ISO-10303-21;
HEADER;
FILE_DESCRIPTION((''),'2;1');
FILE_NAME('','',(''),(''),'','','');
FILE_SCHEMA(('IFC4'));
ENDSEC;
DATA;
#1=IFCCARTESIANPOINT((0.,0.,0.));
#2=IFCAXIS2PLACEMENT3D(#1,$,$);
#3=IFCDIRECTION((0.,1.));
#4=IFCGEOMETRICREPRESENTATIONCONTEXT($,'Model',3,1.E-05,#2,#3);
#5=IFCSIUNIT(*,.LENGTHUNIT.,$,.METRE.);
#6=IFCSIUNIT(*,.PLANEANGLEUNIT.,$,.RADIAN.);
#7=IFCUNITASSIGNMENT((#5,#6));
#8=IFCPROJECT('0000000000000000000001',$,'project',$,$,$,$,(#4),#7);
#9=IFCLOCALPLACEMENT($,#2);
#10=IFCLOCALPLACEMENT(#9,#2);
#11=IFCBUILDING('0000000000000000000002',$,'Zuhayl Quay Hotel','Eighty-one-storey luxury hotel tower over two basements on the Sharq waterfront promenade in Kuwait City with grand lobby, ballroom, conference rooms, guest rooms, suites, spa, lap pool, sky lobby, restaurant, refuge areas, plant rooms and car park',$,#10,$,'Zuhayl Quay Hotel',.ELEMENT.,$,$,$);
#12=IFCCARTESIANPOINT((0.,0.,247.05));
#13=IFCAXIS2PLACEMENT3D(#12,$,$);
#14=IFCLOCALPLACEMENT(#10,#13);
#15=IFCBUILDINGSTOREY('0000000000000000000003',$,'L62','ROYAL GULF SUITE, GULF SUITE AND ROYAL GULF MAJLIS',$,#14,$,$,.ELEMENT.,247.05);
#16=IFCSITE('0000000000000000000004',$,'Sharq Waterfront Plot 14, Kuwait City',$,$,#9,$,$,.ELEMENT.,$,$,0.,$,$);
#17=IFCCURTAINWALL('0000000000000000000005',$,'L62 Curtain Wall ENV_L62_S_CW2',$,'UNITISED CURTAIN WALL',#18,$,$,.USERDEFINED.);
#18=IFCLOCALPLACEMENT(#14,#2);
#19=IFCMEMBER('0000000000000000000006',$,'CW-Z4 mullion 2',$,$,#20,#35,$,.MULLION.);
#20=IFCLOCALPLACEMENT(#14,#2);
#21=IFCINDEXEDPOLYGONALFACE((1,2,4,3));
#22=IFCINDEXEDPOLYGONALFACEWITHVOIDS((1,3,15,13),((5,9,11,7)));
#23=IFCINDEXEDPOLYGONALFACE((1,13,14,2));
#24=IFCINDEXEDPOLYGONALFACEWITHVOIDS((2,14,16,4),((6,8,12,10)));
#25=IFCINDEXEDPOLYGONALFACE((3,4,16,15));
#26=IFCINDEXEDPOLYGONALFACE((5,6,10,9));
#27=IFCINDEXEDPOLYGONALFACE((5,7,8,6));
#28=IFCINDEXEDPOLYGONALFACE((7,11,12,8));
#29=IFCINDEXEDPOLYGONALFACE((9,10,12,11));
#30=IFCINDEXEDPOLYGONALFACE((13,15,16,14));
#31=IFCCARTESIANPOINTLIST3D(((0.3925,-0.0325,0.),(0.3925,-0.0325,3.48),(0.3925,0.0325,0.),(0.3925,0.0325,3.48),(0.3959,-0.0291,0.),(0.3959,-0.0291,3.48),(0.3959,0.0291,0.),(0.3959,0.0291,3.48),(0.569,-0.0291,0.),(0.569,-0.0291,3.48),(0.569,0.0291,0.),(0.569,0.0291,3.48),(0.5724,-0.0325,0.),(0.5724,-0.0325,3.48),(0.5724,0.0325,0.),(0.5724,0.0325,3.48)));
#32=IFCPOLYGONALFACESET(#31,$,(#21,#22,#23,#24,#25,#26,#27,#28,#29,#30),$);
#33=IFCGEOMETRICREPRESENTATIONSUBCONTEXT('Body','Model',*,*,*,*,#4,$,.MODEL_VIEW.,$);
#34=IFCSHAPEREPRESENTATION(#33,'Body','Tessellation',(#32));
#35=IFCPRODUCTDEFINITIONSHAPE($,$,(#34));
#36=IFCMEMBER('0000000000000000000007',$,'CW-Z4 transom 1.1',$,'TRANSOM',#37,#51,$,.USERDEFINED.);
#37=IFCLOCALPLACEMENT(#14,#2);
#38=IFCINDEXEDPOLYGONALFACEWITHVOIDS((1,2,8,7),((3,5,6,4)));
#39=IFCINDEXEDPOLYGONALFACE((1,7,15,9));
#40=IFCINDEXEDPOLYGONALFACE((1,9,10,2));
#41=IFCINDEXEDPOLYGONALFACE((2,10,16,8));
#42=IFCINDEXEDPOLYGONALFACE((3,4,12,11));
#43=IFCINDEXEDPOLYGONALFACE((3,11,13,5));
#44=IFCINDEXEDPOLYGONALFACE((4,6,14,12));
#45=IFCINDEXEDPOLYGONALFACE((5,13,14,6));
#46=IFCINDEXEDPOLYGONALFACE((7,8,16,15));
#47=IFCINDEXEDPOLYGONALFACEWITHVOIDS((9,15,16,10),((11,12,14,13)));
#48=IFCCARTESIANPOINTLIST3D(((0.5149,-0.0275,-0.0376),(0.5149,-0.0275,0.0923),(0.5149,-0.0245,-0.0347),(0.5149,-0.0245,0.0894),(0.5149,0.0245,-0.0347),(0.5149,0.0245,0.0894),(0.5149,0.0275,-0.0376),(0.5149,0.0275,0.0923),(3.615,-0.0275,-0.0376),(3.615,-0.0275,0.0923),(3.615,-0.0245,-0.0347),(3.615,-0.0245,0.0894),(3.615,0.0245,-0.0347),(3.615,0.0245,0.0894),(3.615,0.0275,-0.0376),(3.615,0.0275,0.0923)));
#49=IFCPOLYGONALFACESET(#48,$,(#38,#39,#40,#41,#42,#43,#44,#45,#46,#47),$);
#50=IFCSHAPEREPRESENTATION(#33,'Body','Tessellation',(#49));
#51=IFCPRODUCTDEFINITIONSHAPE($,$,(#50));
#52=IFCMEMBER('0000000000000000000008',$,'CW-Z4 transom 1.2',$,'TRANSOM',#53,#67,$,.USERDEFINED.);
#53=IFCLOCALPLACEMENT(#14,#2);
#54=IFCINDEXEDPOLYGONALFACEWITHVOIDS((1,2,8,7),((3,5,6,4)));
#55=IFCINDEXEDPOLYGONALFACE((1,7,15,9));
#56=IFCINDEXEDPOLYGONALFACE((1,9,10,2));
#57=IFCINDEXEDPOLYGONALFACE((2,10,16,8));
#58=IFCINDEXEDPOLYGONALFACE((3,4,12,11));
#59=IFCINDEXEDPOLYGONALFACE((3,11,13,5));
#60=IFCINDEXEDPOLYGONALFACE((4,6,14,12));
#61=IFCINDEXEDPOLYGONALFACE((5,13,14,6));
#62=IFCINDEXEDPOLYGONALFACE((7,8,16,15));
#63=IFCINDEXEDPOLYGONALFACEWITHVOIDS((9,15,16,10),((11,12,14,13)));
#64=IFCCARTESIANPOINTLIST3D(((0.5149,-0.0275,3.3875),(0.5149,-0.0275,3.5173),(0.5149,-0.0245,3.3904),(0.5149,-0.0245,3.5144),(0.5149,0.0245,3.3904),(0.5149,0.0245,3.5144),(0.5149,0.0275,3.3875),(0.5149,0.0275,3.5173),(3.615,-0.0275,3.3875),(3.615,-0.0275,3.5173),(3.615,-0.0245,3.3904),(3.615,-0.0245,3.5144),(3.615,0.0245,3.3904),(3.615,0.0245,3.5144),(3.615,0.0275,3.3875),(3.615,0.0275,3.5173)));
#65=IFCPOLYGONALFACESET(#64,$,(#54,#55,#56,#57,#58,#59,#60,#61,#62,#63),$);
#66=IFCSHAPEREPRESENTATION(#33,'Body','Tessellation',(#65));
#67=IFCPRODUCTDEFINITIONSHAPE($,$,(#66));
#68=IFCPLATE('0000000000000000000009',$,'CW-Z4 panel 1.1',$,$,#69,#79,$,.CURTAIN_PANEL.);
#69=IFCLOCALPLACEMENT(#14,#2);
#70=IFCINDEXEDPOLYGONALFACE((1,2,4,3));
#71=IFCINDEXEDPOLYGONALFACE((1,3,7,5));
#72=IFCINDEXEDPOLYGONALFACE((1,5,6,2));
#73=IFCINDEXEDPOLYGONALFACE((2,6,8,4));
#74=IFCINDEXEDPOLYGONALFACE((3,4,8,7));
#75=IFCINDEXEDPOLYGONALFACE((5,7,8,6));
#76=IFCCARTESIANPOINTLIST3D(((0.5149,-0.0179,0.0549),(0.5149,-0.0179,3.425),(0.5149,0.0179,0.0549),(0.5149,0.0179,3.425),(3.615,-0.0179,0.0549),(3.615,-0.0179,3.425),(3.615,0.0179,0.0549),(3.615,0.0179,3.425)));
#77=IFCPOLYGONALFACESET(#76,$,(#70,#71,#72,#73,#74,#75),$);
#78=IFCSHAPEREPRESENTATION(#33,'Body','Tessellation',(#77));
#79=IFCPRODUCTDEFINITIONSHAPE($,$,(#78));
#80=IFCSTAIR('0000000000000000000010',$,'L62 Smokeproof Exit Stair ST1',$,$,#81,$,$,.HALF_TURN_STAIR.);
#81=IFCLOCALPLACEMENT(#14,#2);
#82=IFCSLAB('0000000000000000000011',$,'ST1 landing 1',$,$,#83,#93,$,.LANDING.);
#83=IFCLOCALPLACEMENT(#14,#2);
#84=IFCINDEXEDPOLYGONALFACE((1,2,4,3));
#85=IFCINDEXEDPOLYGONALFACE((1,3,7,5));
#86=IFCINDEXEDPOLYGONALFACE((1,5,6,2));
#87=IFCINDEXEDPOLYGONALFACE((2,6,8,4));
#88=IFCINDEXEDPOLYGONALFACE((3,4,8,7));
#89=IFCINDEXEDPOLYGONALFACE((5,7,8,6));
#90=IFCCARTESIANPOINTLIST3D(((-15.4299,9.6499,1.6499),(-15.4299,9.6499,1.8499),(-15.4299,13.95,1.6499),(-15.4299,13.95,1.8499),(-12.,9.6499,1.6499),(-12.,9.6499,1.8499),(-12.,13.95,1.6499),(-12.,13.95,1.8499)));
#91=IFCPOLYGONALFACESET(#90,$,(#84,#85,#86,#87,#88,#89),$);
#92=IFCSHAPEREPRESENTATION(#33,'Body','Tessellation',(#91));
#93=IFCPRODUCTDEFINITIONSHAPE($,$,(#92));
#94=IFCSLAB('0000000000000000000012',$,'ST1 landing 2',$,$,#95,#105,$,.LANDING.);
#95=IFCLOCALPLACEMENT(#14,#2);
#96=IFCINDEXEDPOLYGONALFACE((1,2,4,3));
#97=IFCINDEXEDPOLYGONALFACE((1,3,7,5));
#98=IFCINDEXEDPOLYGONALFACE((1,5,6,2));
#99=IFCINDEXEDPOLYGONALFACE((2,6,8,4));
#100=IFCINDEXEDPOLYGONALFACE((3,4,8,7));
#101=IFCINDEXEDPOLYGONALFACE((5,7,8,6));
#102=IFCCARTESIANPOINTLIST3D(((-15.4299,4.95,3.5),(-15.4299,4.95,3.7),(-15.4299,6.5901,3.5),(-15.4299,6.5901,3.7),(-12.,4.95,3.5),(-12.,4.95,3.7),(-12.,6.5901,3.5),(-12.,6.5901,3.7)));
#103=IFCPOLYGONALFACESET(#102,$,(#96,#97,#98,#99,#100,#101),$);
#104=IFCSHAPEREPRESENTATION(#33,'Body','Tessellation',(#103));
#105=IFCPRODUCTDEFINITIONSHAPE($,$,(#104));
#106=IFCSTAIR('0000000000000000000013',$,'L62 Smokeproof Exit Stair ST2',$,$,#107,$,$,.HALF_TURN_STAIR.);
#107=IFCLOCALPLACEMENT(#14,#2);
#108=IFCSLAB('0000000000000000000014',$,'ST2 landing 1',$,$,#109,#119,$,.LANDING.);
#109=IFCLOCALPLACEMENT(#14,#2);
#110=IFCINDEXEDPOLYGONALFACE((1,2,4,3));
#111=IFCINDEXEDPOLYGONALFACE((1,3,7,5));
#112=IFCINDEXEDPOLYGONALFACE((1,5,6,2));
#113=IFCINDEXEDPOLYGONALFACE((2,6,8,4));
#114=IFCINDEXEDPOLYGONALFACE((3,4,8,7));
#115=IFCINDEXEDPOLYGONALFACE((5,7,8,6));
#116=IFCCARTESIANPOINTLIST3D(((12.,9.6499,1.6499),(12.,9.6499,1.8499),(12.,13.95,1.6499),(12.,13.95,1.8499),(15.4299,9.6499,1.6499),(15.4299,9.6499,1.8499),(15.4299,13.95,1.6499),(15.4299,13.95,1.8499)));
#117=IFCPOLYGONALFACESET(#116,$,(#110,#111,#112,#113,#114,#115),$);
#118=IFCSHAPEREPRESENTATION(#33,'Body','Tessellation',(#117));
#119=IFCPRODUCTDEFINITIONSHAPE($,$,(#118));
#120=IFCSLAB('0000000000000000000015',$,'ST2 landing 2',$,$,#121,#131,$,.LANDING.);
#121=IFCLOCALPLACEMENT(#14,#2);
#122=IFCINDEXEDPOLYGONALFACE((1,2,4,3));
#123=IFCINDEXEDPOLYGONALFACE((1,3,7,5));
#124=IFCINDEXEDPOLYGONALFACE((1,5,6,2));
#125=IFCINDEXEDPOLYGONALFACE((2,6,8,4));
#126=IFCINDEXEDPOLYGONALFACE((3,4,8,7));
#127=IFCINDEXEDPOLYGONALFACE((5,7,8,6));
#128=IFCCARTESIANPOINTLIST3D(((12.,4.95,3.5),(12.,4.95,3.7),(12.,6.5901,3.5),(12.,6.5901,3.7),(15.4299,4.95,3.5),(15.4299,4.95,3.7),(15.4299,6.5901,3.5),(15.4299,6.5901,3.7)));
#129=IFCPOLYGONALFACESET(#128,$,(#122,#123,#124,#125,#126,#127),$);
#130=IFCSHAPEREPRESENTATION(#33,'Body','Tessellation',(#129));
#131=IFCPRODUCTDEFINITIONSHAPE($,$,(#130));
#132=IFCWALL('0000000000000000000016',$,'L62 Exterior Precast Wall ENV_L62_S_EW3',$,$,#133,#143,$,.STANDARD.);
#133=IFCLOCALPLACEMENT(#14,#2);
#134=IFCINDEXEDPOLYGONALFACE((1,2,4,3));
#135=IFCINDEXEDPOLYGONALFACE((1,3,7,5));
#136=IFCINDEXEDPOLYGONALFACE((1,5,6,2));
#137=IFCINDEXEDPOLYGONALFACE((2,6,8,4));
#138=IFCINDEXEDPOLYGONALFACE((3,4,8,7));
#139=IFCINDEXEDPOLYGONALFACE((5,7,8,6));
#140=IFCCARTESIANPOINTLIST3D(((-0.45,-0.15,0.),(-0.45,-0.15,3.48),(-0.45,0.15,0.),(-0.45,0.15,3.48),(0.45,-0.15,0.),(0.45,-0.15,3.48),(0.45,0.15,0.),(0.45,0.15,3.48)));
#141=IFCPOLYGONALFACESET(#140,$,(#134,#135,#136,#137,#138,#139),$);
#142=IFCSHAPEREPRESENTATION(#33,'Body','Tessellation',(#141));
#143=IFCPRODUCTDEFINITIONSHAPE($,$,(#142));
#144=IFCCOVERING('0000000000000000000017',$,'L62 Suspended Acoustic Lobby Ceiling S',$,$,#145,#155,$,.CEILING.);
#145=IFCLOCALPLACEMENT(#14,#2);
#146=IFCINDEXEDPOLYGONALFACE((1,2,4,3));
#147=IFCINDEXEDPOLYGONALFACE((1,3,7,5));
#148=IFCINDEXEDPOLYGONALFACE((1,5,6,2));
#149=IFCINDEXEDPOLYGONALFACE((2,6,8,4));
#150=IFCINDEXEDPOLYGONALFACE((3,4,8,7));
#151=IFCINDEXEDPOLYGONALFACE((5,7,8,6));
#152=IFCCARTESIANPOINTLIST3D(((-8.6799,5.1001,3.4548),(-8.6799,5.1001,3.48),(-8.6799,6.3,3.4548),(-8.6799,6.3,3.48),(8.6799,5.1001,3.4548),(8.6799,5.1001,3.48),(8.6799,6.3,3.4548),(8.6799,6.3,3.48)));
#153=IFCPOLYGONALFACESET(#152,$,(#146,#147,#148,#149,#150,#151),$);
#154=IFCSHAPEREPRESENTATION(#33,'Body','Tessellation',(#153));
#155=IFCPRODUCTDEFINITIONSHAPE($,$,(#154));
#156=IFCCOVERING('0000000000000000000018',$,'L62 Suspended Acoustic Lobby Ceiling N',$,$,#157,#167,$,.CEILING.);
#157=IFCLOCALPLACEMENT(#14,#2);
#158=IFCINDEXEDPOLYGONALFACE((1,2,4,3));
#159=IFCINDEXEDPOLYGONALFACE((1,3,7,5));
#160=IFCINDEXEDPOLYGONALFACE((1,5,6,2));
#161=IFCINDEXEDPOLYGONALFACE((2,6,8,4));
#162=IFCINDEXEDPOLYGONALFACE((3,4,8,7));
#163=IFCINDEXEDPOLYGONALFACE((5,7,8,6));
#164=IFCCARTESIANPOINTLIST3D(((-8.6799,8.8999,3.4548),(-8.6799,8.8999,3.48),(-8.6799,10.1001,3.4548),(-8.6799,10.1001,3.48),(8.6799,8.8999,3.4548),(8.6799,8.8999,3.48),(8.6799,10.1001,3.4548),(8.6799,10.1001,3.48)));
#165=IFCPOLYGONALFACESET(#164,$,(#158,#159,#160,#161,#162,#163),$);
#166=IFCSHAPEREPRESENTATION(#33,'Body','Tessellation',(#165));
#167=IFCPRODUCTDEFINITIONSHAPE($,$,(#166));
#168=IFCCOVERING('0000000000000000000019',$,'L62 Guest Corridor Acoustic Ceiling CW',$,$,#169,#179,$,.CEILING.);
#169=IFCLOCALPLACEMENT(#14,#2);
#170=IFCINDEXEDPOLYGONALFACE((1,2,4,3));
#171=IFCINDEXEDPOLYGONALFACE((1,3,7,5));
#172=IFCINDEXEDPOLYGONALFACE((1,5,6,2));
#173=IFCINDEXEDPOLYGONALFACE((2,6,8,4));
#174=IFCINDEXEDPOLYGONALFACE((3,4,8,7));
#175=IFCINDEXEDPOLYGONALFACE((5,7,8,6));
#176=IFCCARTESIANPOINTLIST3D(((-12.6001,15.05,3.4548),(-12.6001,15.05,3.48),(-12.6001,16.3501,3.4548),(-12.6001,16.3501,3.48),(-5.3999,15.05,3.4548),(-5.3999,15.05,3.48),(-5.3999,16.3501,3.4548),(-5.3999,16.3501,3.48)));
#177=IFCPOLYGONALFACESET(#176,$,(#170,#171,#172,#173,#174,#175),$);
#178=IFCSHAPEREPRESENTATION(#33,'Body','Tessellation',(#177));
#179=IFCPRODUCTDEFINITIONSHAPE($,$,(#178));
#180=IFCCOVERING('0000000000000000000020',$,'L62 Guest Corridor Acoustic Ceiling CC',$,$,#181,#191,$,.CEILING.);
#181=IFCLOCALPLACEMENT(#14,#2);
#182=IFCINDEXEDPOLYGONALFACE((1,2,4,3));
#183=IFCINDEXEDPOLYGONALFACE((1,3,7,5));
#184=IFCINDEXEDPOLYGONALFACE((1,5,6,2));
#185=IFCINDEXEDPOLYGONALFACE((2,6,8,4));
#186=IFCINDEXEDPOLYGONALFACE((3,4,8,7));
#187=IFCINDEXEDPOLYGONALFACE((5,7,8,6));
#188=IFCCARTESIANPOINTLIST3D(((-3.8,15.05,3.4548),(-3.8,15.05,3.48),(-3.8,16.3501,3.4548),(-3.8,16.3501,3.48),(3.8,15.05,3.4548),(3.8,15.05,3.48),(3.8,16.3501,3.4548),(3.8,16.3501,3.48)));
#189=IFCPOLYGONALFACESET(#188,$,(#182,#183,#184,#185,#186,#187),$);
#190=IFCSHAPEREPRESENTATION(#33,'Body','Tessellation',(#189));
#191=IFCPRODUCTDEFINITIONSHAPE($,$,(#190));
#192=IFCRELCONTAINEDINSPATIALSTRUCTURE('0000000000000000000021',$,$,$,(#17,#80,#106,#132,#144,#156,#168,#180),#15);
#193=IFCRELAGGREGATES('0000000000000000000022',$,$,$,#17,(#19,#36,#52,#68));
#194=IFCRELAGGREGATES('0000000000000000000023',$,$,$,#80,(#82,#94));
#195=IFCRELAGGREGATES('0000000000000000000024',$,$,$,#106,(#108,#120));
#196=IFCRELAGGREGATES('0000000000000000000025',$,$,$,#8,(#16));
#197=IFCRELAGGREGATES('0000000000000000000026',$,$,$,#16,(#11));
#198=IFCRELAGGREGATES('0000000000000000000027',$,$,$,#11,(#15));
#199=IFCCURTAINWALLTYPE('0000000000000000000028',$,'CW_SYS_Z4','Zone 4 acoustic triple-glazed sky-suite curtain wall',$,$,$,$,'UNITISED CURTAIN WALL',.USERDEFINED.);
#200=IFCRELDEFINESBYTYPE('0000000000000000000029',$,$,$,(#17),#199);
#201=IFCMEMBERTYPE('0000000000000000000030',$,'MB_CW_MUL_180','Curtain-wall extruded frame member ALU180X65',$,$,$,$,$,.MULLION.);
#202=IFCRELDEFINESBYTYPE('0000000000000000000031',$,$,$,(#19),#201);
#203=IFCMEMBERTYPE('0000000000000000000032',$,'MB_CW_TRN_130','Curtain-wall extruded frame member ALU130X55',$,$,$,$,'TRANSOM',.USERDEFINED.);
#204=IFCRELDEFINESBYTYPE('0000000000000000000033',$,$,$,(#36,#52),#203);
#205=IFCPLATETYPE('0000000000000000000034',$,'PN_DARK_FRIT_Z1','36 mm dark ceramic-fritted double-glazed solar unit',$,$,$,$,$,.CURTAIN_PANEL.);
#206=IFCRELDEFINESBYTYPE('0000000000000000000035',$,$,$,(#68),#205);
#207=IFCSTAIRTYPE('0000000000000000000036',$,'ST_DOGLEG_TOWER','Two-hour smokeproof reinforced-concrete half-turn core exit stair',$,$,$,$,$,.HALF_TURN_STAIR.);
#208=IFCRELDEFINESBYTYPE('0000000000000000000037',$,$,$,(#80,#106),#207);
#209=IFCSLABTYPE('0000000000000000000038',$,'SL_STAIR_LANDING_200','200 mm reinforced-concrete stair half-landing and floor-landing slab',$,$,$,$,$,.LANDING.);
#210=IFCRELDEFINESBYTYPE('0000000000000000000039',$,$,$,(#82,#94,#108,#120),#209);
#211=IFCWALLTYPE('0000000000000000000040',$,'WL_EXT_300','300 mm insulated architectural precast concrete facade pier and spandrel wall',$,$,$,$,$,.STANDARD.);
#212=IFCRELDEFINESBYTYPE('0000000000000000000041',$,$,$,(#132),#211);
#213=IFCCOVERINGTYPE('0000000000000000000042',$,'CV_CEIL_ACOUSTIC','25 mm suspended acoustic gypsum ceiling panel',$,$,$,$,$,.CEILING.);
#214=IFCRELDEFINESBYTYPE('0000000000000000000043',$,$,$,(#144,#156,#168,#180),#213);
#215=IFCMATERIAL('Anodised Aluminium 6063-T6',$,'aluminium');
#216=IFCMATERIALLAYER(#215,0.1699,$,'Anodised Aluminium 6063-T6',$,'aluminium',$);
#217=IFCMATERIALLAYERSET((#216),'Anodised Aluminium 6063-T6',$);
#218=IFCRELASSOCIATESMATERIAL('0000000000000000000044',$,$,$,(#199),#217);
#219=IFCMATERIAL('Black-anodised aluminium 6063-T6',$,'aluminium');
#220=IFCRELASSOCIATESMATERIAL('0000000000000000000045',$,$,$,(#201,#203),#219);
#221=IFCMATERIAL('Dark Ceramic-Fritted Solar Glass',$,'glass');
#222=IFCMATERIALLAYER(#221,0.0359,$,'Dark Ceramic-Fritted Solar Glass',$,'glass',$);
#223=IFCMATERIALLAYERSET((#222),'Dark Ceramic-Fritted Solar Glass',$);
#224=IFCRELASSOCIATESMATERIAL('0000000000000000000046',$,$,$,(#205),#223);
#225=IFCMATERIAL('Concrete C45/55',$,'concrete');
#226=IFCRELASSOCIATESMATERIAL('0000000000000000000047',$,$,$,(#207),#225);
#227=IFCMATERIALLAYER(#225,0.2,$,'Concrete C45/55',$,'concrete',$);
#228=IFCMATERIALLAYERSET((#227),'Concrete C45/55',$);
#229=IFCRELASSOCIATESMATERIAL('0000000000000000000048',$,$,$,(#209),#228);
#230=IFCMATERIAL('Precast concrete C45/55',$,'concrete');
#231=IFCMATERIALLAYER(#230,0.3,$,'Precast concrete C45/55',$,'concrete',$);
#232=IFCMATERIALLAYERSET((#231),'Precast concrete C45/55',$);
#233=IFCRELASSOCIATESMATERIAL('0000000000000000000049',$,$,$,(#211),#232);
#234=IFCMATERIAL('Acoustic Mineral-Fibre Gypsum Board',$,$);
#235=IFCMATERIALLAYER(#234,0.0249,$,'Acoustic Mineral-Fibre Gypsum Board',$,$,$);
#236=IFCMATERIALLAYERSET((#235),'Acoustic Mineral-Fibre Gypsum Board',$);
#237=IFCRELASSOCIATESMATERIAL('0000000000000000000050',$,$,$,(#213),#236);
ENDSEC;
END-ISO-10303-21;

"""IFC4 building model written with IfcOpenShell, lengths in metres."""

from ifc_helpers import new_model, si_unit, direction, frame, frame_2d, origin, origin_2d, place, context, subcontext, project, spatial, polyline, rectangle, hollow_rectangle, outline, extrude, material, layer, layer_set, material_profile, profile_set, type_object, element, aggregate, save


model = new_model("IFC4")

# Units and contexts
model_context = context("Model", 3, precision=1e-05, world=origin(), true_north=direction((0.0, 1.0)))
body_context = subcontext(model_context, "Body", "Model", "MODEL_VIEW")
ifc_project = project(units=[si_unit("LENGTHUNIT", "METRE"), si_unit("PLANEANGLEUNIT", "RADIAN")], contexts=[model_context])

# Site, building, storey
site_placement = place(None, origin())
site = spatial("IfcSite", under=ifc_project, at=site_placement, Name="Sharq Waterfront Plot 14, Kuwait City", CompositionType="ELEMENT", RefElevation=0.0)
building_placement = place(site_placement, origin())
building = spatial("IfcBuilding", under=site, at=building_placement, Name="Zuhayl Quay Hotel", Description="Eighty-one-storey luxury hotel tower over two basements on the Sharq waterfront promenade in Kuwait City with grand lobby, ballroom, conference rooms, guest rooms, suites, spa, lap pool, sky lobby, restaurant, refuge areas, plant rooms and car park", LongName="Zuhayl Quay Hotel", CompositionType="ELEMENT")
storey_placement = place(building_placement, frame((0.0, 0.0, 247.05)))
storey = spatial("IfcBuildingStorey", under=building, at=storey_placement, Name="L62", Description="ROYAL GULF SUITE, GULF SUITE AND ROYAL GULF MAJLIS", CompositionType="ELEMENT", Elevation=247.05)

# Curtain wall, members, plate
ifc_material_1 = material(Name="Anodised Aluminium 6063-T6", Category="aluminium")
ifc_layer_1 = layer(ifc_material_1, 0.1699, Name="Anodised Aluminium 6063-T6", Category="aluminium")
ifc_layer_set_1 = layer_set([ifc_layer_1], Name="Anodised Aluminium 6063-T6")
curtain_wall_type = type_object("IfcCurtainWallType", Name="CW_SYS_Z4", Description="Zone 4 acoustic triple-glazed sky-suite curtain wall", ElementType="UNITISED CURTAIN WALL", PredefinedType="USERDEFINED", material=ifc_layer_set_1)
curtain_wall_placement = place(storey_placement, origin())
curtain_wall = element("IfcCurtainWall", 1, at=curtain_wall_placement, inside=storey, type_object=curtain_wall_type, Name="L62 Curtain Wall ENV_L62_S_CW2", ObjectType="UNITISED CURTAIN WALL", PredefinedType="USERDEFINED")
ifc_material_2 = material(Name="Black-anodised aluminium 6063-T6", Category="aluminium")
ifc_material_profile_1 = material_profile(ifc_material_2, hollow_rectangle(XDim=0.0649, YDim=0.1799, WallThickness=0.0034, at=origin_2d()), Name="ALU180X65")
ifc_profile_set_1 = profile_set([ifc_material_profile_1], Name="Black-anodised aluminium 6063-T6")
member_type_1 = type_object("IfcMemberType", Name="MB_CW_MUL_180", Description="Curtain-wall extruded frame member ALU180X65", PredefinedType="MULLION", material=ifc_profile_set_1)
member_1_placement = place(storey_placement, frame((0.4824, 0.0, 0.0), z_axis=(0.0, 0.0, 1.0), x_axis=(0.0, -1.0, 0.0)))
member_1 = element("IfcMember", 2, at=member_1_placement, type_object=member_type_1, Name="CW-Z4 mullion 2", PredefinedType="MULLION", context=body_context, shape_type="SweptSolid", body=[
    extrude(hollow_rectangle(XDim=0.0649, YDim=0.1799, WallThickness=0.0034, at=origin_2d()), origin(), (0.0, 0.0, 1.0), 3.48),
])
ifc_material_profile_2 = material_profile(ifc_material_2, hollow_rectangle(XDim=0.0549, YDim=0.1299, WallThickness=0.0029, at=origin_2d()), Name="ALU130X55")
ifc_profile_set_2 = profile_set([ifc_material_profile_2], Name="Black-anodised aluminium 6063-T6")
member_type_2 = type_object("IfcMemberType", Name="MB_CW_TRN_130", Description="Curtain-wall extruded frame member ALU130X55", ElementType="TRANSOM", PredefinedType="USERDEFINED", material=ifc_profile_set_2)
member_2_placement = place(storey_placement, frame((3.615, 0.0, 0.0273), z_axis=(-1.0, 0.0, 0.0), x_axis=(0.0, -1.0, 0.0)))
member_2 = element("IfcMember", 3, at=member_2_placement, type_object=member_type_2, Name="CW-Z4 transom 1.1", ObjectType="TRANSOM", PredefinedType="USERDEFINED", context=body_context, shape_type="SweptSolid", body=[
    extrude(hollow_rectangle(XDim=0.0549, YDim=0.1299, WallThickness=0.0029, at=origin_2d()), origin(), (0.0, 0.0, 1.0), 3.1001),
])
member_3_placement = place(storey_placement, frame((3.615, 0.0, 3.4524), z_axis=(-1.0, 0.0, 0.0), x_axis=(0.0, -1.0, 0.0)))
member_3 = element("IfcMember", 4, at=member_3_placement, type_object=member_type_2, Name="CW-Z4 transom 1.2", ObjectType="TRANSOM", PredefinedType="USERDEFINED", context=body_context, shape_type="SweptSolid", body=[
    extrude(hollow_rectangle(XDim=0.0549, YDim=0.1299, WallThickness=0.0029, at=origin_2d()), origin(), (0.0, 0.0, 1.0), 3.1001),
])
ifc_material_3 = material(Name="Dark Ceramic-Fritted Solar Glass", Category="glass")
ifc_layer_2 = layer(ifc_material_3, 0.0359, Name="Dark Ceramic-Fritted Solar Glass", Category="glass")
ifc_layer_set_2 = layer_set([ifc_layer_2], Name="Dark Ceramic-Fritted Solar Glass")
plate_type = type_object("IfcPlateType", Name="PN_DARK_FRIT_Z1", Description="36 mm dark ceramic-fritted double-glazed solar unit", PredefinedType="CURTAIN_PANEL", material=ifc_layer_set_2)
plate_placement = place(storey_placement, frame((2.0649, 0.0, 0.0549), z_axis=(0.0, 0.0, 1.0), x_axis=(-1.0, 0.0, 0.0)))
plate = element("IfcPlate", 5, at=plate_placement, type_object=plate_type, Name="CW-Z4 panel 1.1", PredefinedType="CURTAIN_PANEL", context=body_context, shape_type="SweptSolid", body=[
    extrude(rectangle(XDim=3.1001, YDim=0.0359, at=origin_2d()), origin(), (0.0, 0.0, 1.0), 3.3701),
])
aggregate(curtain_wall, [member_1, member_2, member_3, plate])

# Stairs, slabs
ifc_material_4 = material(Name="Concrete C45/55", Category="concrete")
stair_type = type_object("IfcStairType", Name="ST_DOGLEG_TOWER", Description="Two-hour smokeproof reinforced-concrete half-turn core exit stair", PredefinedType="HALF_TURN_STAIR", material=ifc_material_4)
stair_1_placement = place(storey_placement, origin())
stair_1 = element("IfcStair", 6, at=stair_1_placement, inside=storey, type_object=stair_type, Name="L62 Smokeproof Exit Stair ST1", PredefinedType="HALF_TURN_STAIR")
ifc_layer_3 = layer(ifc_material_4, 0.2, Name="Concrete C45/55", Category="concrete")
ifc_layer_set_3 = layer_set([ifc_layer_3], Name="Concrete C45/55")
slab_type = type_object("IfcSlabType", Name="SL_STAIR_LANDING_200", Description="200 mm reinforced-concrete stair half-landing and floor-landing slab", PredefinedType="LANDING", material=ifc_layer_set_3)
slab_1_placement = place(storey_placement, frame((0.0, 0.0, 1.6499)))
slab_1 = element("IfcSlab", 7, at=slab_1_placement, type_object=slab_type, Name="ST1 landing 1", PredefinedType="LANDING", context=body_context, shape_type="SweptSolid", body=[
    extrude(outline(polyline([(-12.0, 9.6499), (-12.0, 13.95), (-15.4299, 13.95), (-15.4299, 9.6499), (-12.0, 9.6499)])), origin(), (0.0, 0.0, 1.0), 0.2),
])
slab_2_placement = place(storey_placement, frame((0.0, 0.0, 3.5)))
slab_2 = element("IfcSlab", 8, at=slab_2_placement, type_object=slab_type, Name="ST1 landing 2", PredefinedType="LANDING", context=body_context, shape_type="SweptSolid", body=[
    extrude(outline(polyline([(-12.0, 4.95), (-12.0, 6.5901), (-15.4299, 6.5901), (-15.4299, 4.95), (-12.0, 4.95)])), origin(), (0.0, 0.0, 1.0), 0.2),
])
aggregate(stair_1, [slab_1, slab_2])
stair_2_placement = place(storey_placement, origin())
stair_2 = element("IfcStair", 9, at=stair_2_placement, inside=storey, type_object=stair_type, Name="L62 Smokeproof Exit Stair ST2", PredefinedType="HALF_TURN_STAIR")
slab_3_placement = place(storey_placement, frame((0.0, 0.0, 1.6499)))
slab_3 = element("IfcSlab", 10, at=slab_3_placement, type_object=slab_type, Name="ST2 landing 1", PredefinedType="LANDING", context=body_context, shape_type="SweptSolid", body=[
    extrude(outline(polyline([(15.4299, 9.6499), (15.4299, 13.95), (12.0, 13.95), (12.0, 9.6499), (15.4299, 9.6499)])), origin(), (0.0, 0.0, 1.0), 0.2),
])
slab_4_placement = place(storey_placement, frame((0.0, 0.0, 3.5)))
slab_4 = element("IfcSlab", 11, at=slab_4_placement, type_object=slab_type, Name="ST2 landing 2", PredefinedType="LANDING", context=body_context, shape_type="SweptSolid", body=[
    extrude(outline(polyline([(15.4299, 4.95), (15.4299, 6.5901), (12.0, 6.5901), (12.0, 4.95), (15.4299, 4.95)])), origin(), (0.0, 0.0, 1.0), 0.2),
])
aggregate(stair_2, [slab_3, slab_4])

# Wall
ifc_material_5 = material(Name="Precast concrete C45/55", Category="concrete")
ifc_layer_4 = layer(ifc_material_5, 0.3, Name="Precast concrete C45/55", Category="concrete")
ifc_layer_set_4 = layer_set([ifc_layer_4], Name="Precast concrete C45/55")
wall_type = type_object("IfcWallType", Name="WL_EXT_300", Description="300 mm insulated architectural precast concrete facade pier and spandrel wall", PredefinedType="STANDARD", material=ifc_layer_set_4)
wall_placement = place(storey_placement, frame((0.45, 0.0, 0.0), z_axis=(0.0, 0.0, 1.0), x_axis=(-1.0, 0.0, 0.0)))
element("IfcWall", 12, at=wall_placement, inside=storey, type_object=wall_type, Name="L62 Exterior Precast Wall ENV_L62_S_EW3", PredefinedType="STANDARD", context=body_context, shape_type="SweptSolid", body=[
    extrude(rectangle(XDim=0.8999, YDim=0.3, at=frame_2d((0.45, 0.0))), origin(), (0.0, 0.0, 1.0), 3.48),
])

# Coverings
ifc_material_6 = material(Name="Acoustic Mineral-Fibre Gypsum Board")
ifc_layer_5 = layer(ifc_material_6, 0.0249, Name="Acoustic Mineral-Fibre Gypsum Board")
ifc_layer_set_5 = layer_set([ifc_layer_5], Name="Acoustic Mineral-Fibre Gypsum Board")
covering_type_1 = type_object("IfcCoveringType", Name="CV_CEIL_ACOUSTIC", Description="25 mm suspended acoustic gypsum ceiling panel", PredefinedType="CEILING", material=ifc_layer_set_5)
covering_1_placement = place(storey_placement, frame((0.0, 0.0, 3.4548)))
element("IfcCovering", 13, at=covering_1_placement, inside=storey, type_object=covering_type_1, Name="L62 Suspended Acoustic Lobby Ceiling S", PredefinedType="CEILING", context=body_context, shape_type="SweptSolid", body=[
    extrude(outline(polyline([(-8.6799, 5.1001), (8.6799, 5.1001), (8.6799, 6.3), (-8.6799, 6.3), (-8.6799, 5.1001)])), origin(), (0.0, 0.0, 1.0), 0.0251),
])
covering_2_placement = place(storey_placement, frame((0.0, 0.0, 3.4548)))
element("IfcCovering", 14, at=covering_2_placement, inside=storey, type_object=covering_type_1, Name="L62 Suspended Acoustic Lobby Ceiling N", PredefinedType="CEILING", context=body_context, shape_type="SweptSolid", body=[
    extrude(outline(polyline([(-8.6799, 8.8999), (8.6799, 8.8999), (8.6799, 10.1001), (-8.6799, 10.1001), (-8.6799, 8.8999)])), origin(), (0.0, 0.0, 1.0), 0.0251),
])
covering_3_placement = place(storey_placement, frame((0.0, 0.0, 3.4548)))
element("IfcCovering", 15, at=covering_3_placement, inside=storey, type_object=covering_type_1, Name="L62 Guest Corridor Acoustic Ceiling CW", PredefinedType="CEILING", context=body_context, shape_type="SweptSolid", body=[
    extrude(outline(polyline([(-12.6001, 15.05), (-5.3999, 15.05), (-5.3999, 16.3501), (-12.6001, 16.3501), (-12.6001, 15.05)])), origin(), (0.0, 0.0, 1.0), 0.0251),
])
covering_4_placement = place(storey_placement, frame((0.0, 0.0, 3.4548)))
element("IfcCovering", 16, at=covering_4_placement, inside=storey, type_object=covering_type_1, Name="L62 Guest Corridor Acoustic Ceiling CC", PredefinedType="CEILING", context=body_context, shape_type="SweptSolid", body=[
    extrude(outline(polyline([(-3.8, 15.05), (3.8, 15.05), (3.8, 16.3501), (-3.8, 16.3501), (-3.8, 15.05)])), origin(), (0.0, 0.0, 1.0), 0.0251),
])

save(model, "model.ifc")
